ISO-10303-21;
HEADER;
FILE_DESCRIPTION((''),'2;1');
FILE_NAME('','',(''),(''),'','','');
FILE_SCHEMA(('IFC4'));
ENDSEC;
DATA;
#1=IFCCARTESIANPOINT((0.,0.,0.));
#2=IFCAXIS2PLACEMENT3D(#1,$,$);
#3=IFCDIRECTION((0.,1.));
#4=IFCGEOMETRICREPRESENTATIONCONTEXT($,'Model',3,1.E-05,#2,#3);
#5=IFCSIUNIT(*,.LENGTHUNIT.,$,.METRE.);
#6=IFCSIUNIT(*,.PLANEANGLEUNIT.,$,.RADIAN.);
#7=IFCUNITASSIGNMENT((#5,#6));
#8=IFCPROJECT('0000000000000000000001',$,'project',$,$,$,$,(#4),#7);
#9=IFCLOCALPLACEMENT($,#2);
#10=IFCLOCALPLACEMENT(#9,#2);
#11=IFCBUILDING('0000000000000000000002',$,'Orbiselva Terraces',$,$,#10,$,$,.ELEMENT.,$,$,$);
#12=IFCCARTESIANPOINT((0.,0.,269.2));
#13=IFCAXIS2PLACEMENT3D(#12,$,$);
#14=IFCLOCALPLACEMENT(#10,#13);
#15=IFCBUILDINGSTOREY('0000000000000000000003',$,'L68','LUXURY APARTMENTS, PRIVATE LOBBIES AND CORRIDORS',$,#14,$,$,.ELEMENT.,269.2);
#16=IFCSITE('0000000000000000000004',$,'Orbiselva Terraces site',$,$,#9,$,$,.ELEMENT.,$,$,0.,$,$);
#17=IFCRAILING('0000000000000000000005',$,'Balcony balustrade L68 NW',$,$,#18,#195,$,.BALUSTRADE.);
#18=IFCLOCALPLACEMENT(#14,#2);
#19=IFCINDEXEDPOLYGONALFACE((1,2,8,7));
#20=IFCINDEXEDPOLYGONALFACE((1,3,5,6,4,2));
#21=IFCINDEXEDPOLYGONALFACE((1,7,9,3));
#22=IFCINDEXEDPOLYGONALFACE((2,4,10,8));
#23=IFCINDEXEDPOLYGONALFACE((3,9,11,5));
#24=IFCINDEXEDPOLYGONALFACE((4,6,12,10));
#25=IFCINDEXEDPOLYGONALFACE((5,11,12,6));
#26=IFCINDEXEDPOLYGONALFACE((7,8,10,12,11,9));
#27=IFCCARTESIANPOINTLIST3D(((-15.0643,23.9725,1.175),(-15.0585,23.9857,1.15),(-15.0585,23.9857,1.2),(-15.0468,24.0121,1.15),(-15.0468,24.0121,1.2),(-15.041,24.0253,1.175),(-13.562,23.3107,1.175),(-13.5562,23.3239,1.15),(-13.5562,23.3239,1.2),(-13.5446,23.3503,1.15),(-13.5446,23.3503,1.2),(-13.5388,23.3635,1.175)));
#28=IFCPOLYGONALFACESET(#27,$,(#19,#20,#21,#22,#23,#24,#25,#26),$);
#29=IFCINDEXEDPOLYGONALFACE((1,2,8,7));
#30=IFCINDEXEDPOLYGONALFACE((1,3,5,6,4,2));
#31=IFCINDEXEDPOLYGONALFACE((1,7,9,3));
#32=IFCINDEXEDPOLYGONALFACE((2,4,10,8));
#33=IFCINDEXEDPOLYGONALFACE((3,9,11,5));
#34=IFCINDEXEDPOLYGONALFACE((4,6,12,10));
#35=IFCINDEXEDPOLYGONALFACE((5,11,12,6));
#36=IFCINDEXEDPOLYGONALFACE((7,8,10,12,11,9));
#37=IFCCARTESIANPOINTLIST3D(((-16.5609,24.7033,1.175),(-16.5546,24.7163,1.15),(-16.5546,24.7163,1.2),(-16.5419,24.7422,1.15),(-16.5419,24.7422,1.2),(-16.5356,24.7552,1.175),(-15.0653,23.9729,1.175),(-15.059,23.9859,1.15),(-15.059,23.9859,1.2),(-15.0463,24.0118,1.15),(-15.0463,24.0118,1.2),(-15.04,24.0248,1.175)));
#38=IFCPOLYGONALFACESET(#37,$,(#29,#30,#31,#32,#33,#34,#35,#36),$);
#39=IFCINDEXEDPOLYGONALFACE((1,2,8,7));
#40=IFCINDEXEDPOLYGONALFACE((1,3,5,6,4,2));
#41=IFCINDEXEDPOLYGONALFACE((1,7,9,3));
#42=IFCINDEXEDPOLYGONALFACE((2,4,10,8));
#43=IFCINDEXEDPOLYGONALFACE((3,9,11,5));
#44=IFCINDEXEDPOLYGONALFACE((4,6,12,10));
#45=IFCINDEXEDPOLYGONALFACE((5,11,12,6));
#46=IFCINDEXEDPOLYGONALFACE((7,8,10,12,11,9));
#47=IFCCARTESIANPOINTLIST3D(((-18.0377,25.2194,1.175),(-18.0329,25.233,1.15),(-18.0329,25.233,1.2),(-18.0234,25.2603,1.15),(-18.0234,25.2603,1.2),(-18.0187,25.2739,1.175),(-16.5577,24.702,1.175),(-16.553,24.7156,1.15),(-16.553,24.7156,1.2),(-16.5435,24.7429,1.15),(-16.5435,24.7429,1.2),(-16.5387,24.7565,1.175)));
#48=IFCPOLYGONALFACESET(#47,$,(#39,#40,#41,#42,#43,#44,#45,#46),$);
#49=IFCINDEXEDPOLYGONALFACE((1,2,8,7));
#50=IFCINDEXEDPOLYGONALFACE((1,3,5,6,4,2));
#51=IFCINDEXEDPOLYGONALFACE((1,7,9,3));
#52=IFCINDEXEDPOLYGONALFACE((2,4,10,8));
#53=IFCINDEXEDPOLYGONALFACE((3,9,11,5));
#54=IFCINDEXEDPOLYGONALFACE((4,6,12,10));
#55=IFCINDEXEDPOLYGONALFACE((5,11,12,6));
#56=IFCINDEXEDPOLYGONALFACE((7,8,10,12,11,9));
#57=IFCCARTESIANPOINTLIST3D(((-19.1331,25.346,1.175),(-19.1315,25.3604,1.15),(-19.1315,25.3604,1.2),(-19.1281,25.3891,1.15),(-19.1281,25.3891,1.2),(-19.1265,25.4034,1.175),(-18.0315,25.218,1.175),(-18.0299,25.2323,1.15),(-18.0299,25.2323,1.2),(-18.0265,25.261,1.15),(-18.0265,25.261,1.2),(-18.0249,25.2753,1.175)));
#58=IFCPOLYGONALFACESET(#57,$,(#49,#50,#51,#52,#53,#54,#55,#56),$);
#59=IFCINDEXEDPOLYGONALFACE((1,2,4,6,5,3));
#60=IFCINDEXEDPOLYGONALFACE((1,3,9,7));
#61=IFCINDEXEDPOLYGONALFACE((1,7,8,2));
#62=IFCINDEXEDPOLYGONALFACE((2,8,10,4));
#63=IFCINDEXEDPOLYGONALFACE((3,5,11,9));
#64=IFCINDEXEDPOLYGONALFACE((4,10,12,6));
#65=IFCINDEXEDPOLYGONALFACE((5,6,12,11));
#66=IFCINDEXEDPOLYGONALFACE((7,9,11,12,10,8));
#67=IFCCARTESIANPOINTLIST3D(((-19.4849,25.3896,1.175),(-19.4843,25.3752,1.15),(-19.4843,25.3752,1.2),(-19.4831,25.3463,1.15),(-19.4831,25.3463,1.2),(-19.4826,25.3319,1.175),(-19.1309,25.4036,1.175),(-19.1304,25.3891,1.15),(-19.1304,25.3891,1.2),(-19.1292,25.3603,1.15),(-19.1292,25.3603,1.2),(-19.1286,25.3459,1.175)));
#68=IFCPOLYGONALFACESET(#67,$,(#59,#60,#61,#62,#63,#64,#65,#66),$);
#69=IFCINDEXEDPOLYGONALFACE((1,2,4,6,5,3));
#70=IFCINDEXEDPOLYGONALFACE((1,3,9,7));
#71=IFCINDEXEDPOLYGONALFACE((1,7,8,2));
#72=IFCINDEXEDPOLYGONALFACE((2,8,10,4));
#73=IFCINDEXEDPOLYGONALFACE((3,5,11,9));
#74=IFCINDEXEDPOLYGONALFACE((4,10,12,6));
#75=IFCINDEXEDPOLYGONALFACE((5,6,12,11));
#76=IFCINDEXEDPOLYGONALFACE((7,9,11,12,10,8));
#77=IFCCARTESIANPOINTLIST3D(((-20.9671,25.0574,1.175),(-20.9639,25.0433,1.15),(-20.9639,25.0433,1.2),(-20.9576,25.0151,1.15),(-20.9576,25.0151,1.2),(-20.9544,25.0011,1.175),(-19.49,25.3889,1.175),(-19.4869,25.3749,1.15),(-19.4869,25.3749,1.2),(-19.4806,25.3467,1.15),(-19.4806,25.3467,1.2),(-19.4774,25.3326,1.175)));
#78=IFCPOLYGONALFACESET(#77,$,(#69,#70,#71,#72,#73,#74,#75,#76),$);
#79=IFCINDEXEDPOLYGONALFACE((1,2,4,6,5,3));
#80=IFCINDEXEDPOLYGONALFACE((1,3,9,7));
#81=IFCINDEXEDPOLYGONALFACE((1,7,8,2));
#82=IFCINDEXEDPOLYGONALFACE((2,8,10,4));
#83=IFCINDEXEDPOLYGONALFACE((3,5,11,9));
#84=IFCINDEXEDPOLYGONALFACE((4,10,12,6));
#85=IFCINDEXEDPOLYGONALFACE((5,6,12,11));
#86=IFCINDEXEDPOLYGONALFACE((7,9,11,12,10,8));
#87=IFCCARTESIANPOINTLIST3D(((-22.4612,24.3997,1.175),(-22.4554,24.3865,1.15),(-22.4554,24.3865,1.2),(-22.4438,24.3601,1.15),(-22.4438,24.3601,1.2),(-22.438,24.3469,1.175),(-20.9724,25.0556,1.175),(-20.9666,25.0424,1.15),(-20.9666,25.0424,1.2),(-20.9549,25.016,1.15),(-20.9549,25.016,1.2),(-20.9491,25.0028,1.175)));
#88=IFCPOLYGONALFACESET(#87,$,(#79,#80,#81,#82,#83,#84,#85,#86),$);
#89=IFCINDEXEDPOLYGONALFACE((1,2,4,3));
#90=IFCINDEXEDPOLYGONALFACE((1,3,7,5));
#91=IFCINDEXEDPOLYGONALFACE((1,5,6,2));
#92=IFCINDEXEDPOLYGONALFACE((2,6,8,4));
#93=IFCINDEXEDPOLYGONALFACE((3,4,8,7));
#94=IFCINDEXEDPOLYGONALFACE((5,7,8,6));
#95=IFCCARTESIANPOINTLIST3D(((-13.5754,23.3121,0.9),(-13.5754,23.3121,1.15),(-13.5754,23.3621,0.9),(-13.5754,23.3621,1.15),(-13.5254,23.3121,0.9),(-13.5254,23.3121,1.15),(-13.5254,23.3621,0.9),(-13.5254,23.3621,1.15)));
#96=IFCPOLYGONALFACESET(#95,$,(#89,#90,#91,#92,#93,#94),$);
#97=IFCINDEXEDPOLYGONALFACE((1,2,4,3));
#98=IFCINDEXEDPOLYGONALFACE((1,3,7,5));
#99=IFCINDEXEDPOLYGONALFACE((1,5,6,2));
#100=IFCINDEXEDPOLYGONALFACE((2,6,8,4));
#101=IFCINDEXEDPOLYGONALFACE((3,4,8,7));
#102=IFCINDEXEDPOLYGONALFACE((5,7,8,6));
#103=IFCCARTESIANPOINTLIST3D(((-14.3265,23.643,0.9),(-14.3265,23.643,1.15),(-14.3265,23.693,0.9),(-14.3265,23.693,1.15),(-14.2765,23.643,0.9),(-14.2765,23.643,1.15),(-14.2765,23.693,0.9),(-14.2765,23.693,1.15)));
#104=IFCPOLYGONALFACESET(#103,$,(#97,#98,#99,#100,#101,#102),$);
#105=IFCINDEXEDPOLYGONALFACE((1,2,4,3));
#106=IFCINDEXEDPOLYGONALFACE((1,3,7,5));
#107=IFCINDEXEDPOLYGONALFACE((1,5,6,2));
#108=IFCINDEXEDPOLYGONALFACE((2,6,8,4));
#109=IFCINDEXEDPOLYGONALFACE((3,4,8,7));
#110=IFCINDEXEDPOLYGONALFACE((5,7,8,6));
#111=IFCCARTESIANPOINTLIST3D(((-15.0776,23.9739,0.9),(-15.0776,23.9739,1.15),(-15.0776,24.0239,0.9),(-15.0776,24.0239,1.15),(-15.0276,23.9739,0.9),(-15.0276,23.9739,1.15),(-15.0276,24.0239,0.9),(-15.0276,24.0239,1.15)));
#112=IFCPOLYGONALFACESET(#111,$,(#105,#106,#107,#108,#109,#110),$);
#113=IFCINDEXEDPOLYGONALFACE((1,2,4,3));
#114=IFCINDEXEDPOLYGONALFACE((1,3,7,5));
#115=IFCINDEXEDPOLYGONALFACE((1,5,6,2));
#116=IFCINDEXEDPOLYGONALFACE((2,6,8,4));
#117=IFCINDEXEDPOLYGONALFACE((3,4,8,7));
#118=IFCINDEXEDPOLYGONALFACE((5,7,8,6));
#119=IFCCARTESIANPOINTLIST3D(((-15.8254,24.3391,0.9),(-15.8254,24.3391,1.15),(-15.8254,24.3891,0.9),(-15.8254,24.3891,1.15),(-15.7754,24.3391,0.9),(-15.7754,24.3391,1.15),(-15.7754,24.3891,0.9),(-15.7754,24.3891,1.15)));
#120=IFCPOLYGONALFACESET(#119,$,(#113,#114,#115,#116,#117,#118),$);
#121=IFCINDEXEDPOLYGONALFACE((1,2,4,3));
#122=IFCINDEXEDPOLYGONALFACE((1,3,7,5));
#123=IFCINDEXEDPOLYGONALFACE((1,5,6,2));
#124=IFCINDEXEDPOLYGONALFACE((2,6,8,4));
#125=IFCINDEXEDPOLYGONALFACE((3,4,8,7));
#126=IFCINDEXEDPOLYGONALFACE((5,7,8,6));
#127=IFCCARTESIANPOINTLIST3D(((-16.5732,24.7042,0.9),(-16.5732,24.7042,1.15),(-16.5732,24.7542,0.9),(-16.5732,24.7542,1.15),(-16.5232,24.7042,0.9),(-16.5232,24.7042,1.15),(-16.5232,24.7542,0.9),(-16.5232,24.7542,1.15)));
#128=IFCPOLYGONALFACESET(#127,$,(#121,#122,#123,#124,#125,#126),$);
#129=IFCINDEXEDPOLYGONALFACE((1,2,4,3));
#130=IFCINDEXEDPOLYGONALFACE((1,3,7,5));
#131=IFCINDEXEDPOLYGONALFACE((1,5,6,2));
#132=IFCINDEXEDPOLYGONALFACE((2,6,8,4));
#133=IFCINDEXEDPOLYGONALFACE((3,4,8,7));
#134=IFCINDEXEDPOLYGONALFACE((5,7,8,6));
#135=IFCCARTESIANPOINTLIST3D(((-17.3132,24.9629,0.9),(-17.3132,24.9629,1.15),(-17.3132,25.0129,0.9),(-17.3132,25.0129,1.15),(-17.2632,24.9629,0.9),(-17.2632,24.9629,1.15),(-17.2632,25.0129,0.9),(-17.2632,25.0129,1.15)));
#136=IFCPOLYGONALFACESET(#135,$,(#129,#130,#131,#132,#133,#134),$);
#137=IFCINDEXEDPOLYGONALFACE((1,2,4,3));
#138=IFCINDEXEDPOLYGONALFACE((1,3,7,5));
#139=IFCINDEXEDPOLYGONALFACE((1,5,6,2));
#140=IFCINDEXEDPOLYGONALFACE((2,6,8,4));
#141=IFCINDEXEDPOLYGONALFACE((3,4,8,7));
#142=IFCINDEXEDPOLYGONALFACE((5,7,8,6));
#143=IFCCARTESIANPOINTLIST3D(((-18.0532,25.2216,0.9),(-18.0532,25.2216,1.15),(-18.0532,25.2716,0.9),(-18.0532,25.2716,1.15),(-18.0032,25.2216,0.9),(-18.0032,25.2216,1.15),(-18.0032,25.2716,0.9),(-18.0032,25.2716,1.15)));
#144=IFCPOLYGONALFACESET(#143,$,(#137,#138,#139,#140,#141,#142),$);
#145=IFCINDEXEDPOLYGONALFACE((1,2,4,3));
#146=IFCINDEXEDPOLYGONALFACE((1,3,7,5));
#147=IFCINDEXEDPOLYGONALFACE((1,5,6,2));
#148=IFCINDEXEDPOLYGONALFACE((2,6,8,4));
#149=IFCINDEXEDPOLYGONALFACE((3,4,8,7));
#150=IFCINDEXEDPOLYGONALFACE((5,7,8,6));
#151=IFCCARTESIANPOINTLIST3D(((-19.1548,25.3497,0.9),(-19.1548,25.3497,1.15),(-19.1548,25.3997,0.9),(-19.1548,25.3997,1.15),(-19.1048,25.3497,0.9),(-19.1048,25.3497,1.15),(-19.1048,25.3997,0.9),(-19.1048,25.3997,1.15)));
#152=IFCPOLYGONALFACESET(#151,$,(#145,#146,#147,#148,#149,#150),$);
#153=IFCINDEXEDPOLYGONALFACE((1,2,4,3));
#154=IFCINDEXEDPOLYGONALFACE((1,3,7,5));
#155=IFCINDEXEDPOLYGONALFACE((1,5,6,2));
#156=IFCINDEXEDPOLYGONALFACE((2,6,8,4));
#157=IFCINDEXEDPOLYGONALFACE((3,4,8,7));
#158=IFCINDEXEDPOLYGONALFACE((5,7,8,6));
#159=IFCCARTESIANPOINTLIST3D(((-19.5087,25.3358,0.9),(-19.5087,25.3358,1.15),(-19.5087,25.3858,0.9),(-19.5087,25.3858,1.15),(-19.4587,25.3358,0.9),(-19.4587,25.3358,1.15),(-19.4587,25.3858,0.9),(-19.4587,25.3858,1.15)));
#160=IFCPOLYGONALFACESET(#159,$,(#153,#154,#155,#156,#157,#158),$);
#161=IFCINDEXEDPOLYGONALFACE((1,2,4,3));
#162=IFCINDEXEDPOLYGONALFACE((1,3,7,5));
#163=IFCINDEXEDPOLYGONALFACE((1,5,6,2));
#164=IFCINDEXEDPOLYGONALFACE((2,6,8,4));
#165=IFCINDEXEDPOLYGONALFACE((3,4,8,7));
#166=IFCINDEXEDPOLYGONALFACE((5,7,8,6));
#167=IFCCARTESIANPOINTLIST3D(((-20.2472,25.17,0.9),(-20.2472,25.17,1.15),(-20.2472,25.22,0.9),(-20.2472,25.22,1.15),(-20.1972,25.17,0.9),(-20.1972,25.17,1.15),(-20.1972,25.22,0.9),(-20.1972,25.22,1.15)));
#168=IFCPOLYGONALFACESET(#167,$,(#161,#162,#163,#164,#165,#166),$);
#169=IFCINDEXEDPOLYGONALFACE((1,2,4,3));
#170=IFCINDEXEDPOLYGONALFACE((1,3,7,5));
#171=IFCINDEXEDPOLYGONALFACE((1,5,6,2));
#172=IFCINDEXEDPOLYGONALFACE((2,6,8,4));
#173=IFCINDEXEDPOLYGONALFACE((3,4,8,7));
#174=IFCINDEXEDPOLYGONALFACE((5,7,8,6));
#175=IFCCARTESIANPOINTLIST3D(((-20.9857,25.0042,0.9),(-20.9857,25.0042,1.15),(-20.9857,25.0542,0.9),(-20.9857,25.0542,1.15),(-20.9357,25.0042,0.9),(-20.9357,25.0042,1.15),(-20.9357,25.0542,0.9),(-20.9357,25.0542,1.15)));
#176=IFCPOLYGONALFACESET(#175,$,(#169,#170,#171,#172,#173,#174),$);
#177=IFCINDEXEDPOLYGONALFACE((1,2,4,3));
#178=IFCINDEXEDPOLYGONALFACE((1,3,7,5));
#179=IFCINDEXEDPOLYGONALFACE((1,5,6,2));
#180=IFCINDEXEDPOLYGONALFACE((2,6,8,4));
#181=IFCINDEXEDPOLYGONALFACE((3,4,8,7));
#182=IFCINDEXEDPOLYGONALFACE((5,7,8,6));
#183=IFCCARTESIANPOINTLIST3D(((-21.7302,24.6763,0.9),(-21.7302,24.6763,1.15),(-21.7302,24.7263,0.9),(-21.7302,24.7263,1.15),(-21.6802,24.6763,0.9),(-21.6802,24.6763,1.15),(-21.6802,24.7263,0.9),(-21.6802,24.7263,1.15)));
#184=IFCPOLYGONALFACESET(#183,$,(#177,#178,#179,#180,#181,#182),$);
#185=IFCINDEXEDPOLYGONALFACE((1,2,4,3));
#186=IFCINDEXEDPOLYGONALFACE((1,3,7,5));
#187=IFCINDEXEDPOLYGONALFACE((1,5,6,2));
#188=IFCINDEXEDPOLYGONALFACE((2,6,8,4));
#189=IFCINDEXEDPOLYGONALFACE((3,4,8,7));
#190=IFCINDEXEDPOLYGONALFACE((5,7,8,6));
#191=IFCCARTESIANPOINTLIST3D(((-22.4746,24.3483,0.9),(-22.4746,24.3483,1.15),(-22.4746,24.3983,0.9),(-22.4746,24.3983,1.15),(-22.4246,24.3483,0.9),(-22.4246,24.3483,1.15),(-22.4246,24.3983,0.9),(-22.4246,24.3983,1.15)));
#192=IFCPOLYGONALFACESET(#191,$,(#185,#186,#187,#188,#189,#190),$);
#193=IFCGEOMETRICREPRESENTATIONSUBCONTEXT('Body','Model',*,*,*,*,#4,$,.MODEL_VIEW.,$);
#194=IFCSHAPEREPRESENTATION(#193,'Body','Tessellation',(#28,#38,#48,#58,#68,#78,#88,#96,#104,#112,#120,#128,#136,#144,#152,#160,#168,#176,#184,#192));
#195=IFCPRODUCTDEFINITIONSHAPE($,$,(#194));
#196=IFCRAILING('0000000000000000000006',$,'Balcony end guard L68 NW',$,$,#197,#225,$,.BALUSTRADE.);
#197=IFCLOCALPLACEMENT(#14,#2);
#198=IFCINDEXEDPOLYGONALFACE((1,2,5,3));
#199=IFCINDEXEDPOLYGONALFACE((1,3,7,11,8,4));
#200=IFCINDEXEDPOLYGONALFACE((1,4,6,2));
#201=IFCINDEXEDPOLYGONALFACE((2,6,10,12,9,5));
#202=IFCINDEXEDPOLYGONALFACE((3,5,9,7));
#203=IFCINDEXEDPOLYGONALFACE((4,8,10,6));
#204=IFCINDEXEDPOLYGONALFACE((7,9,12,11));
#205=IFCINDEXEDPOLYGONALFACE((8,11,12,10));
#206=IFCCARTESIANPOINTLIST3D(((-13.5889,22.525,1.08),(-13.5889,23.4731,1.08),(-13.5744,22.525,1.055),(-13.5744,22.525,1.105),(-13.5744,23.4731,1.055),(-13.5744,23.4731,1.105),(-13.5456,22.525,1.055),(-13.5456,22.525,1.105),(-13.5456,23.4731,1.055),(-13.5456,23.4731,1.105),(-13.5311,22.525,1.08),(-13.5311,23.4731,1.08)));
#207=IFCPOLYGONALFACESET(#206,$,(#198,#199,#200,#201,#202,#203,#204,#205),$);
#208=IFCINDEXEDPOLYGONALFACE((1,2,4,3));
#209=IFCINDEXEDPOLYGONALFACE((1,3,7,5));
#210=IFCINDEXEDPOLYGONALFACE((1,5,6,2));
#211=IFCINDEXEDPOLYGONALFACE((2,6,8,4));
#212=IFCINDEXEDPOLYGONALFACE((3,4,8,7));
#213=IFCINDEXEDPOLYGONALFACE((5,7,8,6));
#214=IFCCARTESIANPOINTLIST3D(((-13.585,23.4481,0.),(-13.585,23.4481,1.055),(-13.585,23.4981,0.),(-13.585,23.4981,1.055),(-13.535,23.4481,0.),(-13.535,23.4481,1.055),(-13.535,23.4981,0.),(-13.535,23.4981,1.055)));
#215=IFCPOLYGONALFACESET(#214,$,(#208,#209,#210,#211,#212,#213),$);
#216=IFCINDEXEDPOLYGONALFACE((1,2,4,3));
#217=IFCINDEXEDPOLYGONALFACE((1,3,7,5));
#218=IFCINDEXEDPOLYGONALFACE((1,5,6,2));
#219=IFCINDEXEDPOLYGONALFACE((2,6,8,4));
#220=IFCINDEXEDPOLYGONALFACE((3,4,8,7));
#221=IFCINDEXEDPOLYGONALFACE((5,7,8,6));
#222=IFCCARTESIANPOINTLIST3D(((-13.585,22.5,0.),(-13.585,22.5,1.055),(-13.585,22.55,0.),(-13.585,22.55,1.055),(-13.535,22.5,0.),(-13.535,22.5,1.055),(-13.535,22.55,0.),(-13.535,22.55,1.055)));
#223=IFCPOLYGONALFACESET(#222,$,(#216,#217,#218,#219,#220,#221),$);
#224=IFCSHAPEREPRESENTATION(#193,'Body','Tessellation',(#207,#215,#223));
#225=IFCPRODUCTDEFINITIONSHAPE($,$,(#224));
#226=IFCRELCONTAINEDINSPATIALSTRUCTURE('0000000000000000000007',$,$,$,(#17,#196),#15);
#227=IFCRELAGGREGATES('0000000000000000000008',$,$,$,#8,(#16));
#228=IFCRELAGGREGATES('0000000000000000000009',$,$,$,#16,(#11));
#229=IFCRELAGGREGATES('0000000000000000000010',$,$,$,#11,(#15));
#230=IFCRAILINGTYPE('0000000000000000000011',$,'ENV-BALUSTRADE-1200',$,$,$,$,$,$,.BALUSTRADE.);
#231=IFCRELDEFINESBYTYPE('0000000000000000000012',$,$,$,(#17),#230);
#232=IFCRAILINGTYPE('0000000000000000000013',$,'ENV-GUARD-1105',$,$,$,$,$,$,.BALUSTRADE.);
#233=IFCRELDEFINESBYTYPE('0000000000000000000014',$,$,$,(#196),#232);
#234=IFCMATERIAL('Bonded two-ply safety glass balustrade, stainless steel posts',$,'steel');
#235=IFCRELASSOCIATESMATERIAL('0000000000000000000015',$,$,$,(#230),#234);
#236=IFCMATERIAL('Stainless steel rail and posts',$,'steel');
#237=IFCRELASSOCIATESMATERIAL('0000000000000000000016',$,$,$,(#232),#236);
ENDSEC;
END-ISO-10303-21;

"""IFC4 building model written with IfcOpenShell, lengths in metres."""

from ifc_helpers import new_model, si_unit, direction, frame, origin, origin_2d, place, context, subcontext, project, spatial, polyline, rectangle, outline, extrude, material, type_object, element, save


model = new_model("IFC4")

# Units and contexts
model_context = context("Model", 3, precision=1e-05, world=origin(), true_north=direction((0.0, 1.0)))
body_context = subcontext(model_context, "Body", "Model", "MODEL_VIEW")
ifc_project = project(units=[si_unit("LENGTHUNIT", "METRE"), si_unit("PLANEANGLEUNIT", "RADIAN")], contexts=[model_context])

# Site, building, storey
site_placement = place(None, origin())
site = spatial("IfcSite", under=ifc_project, at=site_placement, Name="Orbiselva Terraces site", CompositionType="ELEMENT", RefElevation=0.0)
building_placement = place(site_placement, origin())
building = spatial("IfcBuilding", under=site, at=building_placement, Name="Orbiselva Terraces", CompositionType="ELEMENT")
storey_placement = place(building_placement, frame((0.0, 0.0, 269.2)))
storey = spatial("IfcBuildingStorey", under=building, at=storey_placement, Name="L68", Description="LUXURY APARTMENTS, PRIVATE LOBBIES AND CORRIDORS", CompositionType="ELEMENT", Elevation=269.2)

# Railings
ifc_material_1 = material(Name="Bonded two-ply safety glass balustrade, stainless steel posts", Category="steel")
railing_type_1 = type_object("IfcRailingType", Name="ENV-BALUSTRADE-1200", PredefinedType="BALUSTRADE", material=ifc_material_1)
railing_1_placement = place(storey_placement, frame((-13.5504, 23.3371, 0.9)))
element("IfcRailing", 1, at=railing_1_placement, inside=storey, type_object=railing_type_1, Name="Balcony balustrade L68 NW", PredefinedType="BALUSTRADE", context=body_context, shape_type="SweptSolid", body=[
    extrude(outline(polyline([(0.0289, 0.0), (0.0144, 0.025), (-0.0144, 0.025), (-0.0289, 0.0), (-0.0144, -0.025), (0.0144, -0.025), (0.0289, 0.0)])), frame((0.0, 0.0, 0.275), z_axis=(-0.915133, 0.403151, 0.0), x_axis=(-0.403151, -0.915133, 0.0)), (0.0, 0.0, 1.0), 1.6416),
    extrude(outline(polyline([(0.0289, 0.0), (0.0144, 0.025), (-0.0144, 0.025), (-0.0289, 0.0), (-0.0144, -0.025), (0.0144, -0.025), (0.0289, 0.0)])), frame((-1.5022, 0.6618, 0.275), z_axis=(-0.898579, 0.438812, 0.0), x_axis=(-0.438812, -0.898579, 0.0)), (0.0, 0.0, 1.0), 1.6644),
    extrude(outline(polyline([(0.0289, 0.0), (0.0144, 0.025), (-0.0144, 0.025), (-0.0289, 0.0), (-0.0144, -0.025), (0.0144, -0.025), (0.0289, 0.0)])), frame((-2.9978, 1.3921, 0.275), z_axis=(-0.943972, 0.330025, 0.0), x_axis=(-0.330025, -0.943972, 0.0)), (0.0, 0.0, 1.0), 1.5678),
    extrude(outline(polyline([(0.0289, 0.0), (0.0144, 0.025), (-0.0144, 0.025), (-0.0289, 0.0), (-0.0144, -0.025), (0.0144, -0.025), (0.0289, 0.0)])), frame((-4.4778, 1.9096, 0.275), z_axis=(-0.99331, 0.115481, 0.0), x_axis=(-0.115481, -0.99331, 0.0)), (0.0, 0.0, 1.0), 1.109),
    extrude(outline(polyline([(0.0289, 0.0), (0.0144, 0.025), (-0.0144, 0.025), (-0.0289, 0.0), (-0.0144, -0.025), (0.0144, -0.025), (0.0289, 0.0)])), frame((-5.5794, 2.0376, 0.275), z_axis=(-0.999225, -0.039364, 0.0), x_axis=(0.039364, -0.999225, 0.0)), (0.0, 0.0, 1.0), 0.3542),
    extrude(outline(polyline([(0.0289, 0.0), (0.0144, 0.025), (-0.0144, 0.025), (-0.0289, 0.0), (-0.0144, -0.025), (0.0144, -0.025), (0.0289, 0.0)])), frame((-5.9333, 2.0237, 0.275), z_axis=(-0.975721, -0.219016, 0.0), x_axis=(0.219016, -0.975721, 0.0)), (0.0, 0.0, 1.0), 1.5138),
    extrude(outline(polyline([(0.0289, 0.0), (0.0144, 0.025), (-0.0144, 0.025), (-0.0289, 0.0), (-0.0144, -0.025), (0.0144, -0.025), (0.0289, 0.0)])), frame((-7.4104, 1.6921, 0.275), z_axis=(-0.915133, -0.403151, 0.0), x_axis=(0.403151, -0.915133, 0.0)), (0.0, 0.0, 1.0), 1.6269),
    extrude(rectangle(XDim=0.05, YDim=0.05, at=origin_2d()), origin(), (0.0, 0.0, 1.0), 0.25),
    extrude(rectangle(XDim=0.05, YDim=0.05, at=origin_2d()), frame((-0.7511, 0.3309, 0.0)), (0.0, 0.0, 1.0), 0.25),
    extrude(rectangle(XDim=0.05, YDim=0.05, at=origin_2d()), frame((-1.5022, 0.6618, 0.0)), (0.0, 0.0, 1.0), 0.25),
    extrude(rectangle(XDim=0.05, YDim=0.05, at=origin_2d()), frame((-2.25, 1.027, 0.0)), (0.0, 0.0, 1.0), 0.25),
    extrude(rectangle(XDim=0.05, YDim=0.05, at=origin_2d()), frame((-2.9978, 1.3921, 0.0)), (0.0, 0.0, 1.0), 0.25),
    extrude(rectangle(XDim=0.05, YDim=0.05, at=origin_2d()), frame((-3.7378, 1.6509, 0.0)), (0.0, 0.0, 1.0), 0.25),
    extrude(rectangle(XDim=0.05, YDim=0.05, at=origin_2d()), frame((-4.4778, 1.9096, 0.0)), (0.0, 0.0, 1.0), 0.25),
    extrude(rectangle(XDim=0.05, YDim=0.05, at=origin_2d()), frame((-5.5794, 2.0376, 0.0)), (0.0, 0.0, 1.0), 0.25),
    extrude(rectangle(XDim=0.05, YDim=0.05, at=origin_2d()), frame((-5.9333, 2.0237, 0.0)), (0.0, 0.0, 1.0), 0.25),
    extrude(rectangle(XDim=0.05, YDim=0.05, at=origin_2d()), frame((-6.6718, 1.8579, 0.0)), (0.0, 0.0, 1.0), 0.25),
    extrude(rectangle(XDim=0.05, YDim=0.05, at=origin_2d()), frame((-7.4104, 1.6921, 0.0)), (0.0, 0.0, 1.0), 0.25),
    extrude(rectangle(XDim=0.05, YDim=0.05, at=origin_2d()), frame((-8.1548, 1.3642, 0.0)), (0.0, 0.0, 1.0), 0.25),
    extrude(rectangle(XDim=0.05, YDim=0.05, at=origin_2d()), frame((-8.8992, 1.0362, 0.0)), (0.0, 0.0, 1.0), 0.25),
])
ifc_material_2 = material(Name="Stainless steel rail and posts", Category="steel")
railing_type_2 = type_object("IfcRailingType", Name="ENV-GUARD-1105", PredefinedType="BALUSTRADE", material=ifc_material_2)
railing_2_placement = place(storey_placement, frame((-13.56, 23.4731, 0.0)))
element("IfcRailing", 2, at=railing_2_placement, inside=storey, type_object=railing_type_2, Name="Balcony end guard L68 NW", PredefinedType="BALUSTRADE", context=body_context, shape_type="SweptSolid", body=[
    extrude(outline(polyline([(0.0289, 0.0), (0.0144, 0.025), (-0.0144, 0.025), (-0.0289, 0.0), (-0.0144, -0.025), (0.0144, -0.025), (0.0289, 0.0)])), frame((0.0, 0.0, 1.08), z_axis=(0.0, -1.0, 0.0), x_axis=(1.0, 0.0, 0.0)), (0.0, 0.0, 1.0), 0.9481),
    extrude(rectangle(XDim=0.05, YDim=0.05, at=origin_2d()), origin(), (0.0, 0.0, 1.0), 1.055),
    extrude(rectangle(XDim=0.05, YDim=0.05, at=origin_2d()), frame((0.0, -0.9481, 0.0)), (0.0, 0.0, 1.0), 1.055),
])

save(model, "model.ifc")
